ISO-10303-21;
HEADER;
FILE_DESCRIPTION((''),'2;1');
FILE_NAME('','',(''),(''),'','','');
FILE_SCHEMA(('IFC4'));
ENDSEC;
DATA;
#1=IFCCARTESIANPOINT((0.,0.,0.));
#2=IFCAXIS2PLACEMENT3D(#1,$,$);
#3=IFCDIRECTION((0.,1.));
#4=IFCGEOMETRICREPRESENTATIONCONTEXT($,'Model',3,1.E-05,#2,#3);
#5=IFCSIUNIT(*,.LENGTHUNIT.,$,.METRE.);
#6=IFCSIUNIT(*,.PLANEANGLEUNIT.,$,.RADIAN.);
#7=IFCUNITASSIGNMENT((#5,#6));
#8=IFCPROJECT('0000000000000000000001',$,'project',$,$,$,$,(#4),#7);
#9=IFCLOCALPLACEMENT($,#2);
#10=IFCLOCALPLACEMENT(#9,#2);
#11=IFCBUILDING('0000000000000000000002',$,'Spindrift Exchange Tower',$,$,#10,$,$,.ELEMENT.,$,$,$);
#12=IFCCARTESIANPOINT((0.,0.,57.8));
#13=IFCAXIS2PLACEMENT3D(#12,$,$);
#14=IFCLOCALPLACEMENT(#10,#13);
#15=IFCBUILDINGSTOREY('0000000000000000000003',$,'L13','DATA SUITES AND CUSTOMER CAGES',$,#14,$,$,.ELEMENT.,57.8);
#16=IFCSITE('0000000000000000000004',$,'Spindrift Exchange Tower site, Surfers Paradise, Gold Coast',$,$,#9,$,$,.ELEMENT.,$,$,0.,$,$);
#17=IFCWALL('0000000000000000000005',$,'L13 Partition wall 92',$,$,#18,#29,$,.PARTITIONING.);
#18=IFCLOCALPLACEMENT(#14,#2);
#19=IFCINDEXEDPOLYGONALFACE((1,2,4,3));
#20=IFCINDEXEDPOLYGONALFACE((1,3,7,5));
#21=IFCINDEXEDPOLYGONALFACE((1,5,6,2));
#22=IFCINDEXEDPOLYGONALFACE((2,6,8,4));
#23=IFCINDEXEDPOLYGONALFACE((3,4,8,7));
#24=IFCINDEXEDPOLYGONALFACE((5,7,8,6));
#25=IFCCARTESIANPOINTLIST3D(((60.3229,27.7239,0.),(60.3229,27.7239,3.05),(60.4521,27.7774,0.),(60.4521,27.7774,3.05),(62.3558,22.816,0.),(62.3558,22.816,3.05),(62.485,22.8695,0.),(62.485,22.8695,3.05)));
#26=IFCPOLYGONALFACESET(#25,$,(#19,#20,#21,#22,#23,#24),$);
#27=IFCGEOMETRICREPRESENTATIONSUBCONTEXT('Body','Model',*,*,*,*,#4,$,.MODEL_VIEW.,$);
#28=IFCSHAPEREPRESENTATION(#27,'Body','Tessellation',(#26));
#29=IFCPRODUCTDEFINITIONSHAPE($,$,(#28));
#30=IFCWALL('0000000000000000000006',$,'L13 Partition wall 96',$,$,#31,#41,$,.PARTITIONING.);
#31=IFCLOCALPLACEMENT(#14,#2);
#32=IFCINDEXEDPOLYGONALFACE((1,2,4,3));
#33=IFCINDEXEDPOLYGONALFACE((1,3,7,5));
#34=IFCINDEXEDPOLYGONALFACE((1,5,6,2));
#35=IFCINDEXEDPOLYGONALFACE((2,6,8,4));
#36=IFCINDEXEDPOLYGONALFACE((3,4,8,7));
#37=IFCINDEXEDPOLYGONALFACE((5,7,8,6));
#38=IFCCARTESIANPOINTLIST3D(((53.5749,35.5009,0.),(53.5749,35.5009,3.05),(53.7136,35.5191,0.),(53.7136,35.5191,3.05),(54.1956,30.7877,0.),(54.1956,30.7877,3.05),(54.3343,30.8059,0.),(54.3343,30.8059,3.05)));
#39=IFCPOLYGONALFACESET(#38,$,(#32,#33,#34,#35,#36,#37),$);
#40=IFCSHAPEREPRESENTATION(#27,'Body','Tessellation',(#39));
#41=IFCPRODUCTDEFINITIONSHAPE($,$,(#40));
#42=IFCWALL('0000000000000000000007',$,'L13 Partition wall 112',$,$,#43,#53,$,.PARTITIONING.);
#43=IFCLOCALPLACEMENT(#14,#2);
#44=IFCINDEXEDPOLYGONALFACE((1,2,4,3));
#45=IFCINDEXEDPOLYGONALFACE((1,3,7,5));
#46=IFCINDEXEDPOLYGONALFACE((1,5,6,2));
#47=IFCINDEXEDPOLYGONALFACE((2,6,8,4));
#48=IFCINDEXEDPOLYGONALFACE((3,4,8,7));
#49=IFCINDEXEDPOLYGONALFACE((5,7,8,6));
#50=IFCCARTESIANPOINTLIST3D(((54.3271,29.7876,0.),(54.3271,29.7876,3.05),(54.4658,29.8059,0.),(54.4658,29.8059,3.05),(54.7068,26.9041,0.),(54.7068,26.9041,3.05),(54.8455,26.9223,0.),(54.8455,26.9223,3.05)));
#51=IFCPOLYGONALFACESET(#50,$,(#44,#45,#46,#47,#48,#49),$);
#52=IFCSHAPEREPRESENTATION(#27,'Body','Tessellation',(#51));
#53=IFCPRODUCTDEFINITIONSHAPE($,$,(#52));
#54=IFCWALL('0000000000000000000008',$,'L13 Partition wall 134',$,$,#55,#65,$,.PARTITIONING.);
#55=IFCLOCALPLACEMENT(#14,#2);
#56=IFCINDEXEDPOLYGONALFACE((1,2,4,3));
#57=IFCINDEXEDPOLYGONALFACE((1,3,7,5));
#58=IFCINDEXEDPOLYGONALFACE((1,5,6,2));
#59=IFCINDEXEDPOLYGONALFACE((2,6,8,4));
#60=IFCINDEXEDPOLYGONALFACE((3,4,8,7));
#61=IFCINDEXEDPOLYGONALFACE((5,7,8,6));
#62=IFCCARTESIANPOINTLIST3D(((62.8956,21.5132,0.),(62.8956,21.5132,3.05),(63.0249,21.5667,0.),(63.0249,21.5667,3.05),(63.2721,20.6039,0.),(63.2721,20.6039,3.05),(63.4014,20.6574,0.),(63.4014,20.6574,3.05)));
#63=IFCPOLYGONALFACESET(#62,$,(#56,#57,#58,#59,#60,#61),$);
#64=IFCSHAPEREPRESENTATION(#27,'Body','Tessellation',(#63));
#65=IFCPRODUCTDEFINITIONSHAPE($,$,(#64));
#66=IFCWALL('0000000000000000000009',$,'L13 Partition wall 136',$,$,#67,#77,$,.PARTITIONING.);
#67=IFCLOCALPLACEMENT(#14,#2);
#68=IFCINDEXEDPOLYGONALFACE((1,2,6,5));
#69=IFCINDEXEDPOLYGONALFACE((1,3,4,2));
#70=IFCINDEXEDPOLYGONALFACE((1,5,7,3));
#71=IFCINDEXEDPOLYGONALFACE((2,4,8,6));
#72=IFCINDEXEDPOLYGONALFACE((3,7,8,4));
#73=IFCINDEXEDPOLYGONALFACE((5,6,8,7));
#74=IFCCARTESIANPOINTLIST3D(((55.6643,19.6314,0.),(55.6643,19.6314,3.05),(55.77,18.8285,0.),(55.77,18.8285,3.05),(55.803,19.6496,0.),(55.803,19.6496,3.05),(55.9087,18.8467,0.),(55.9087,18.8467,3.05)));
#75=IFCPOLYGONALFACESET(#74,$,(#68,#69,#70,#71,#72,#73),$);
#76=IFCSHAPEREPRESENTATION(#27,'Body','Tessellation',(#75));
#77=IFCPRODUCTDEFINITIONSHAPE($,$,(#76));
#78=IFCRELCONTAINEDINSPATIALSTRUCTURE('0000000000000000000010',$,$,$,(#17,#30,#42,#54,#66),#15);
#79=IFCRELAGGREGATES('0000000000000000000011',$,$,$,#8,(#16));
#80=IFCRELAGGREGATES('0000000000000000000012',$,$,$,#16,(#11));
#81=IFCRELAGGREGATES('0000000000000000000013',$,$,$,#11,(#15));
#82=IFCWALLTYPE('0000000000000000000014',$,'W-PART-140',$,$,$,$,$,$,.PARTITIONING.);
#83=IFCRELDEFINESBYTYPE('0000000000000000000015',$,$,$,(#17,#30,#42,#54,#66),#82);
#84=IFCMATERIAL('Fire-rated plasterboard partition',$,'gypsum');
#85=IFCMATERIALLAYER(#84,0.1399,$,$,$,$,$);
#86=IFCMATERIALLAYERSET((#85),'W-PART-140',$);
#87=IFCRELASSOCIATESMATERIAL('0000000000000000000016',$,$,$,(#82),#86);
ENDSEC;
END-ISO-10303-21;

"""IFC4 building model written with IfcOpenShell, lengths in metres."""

from ifc_helpers import new_model, si_unit, direction, frame, frame_2d, origin, place, context, subcontext, project, spatial, rectangle, extrude, material, layer, layer_set, type_object, element, save


model = new_model("IFC4")

# Units and contexts
model_context = context("Model", 3, precision=1e-05, world=origin(), true_north=direction((0.0, 1.0)))
body_context = subcontext(model_context, "Body", "Model", "MODEL_VIEW")
ifc_project = project(units=[si_unit("LENGTHUNIT", "METRE"), si_unit("PLANEANGLEUNIT", "RADIAN")], contexts=[model_context])

# Site, building, storey
site_placement = place(None, origin())
site = spatial("IfcSite", under=ifc_project, at=site_placement, Name="Spindrift Exchange Tower site, Surfers Paradise, Gold Coast", CompositionType="ELEMENT", RefElevation=0.0)
building_placement = place(site_placement, origin())
building = spatial("IfcBuilding", under=site, at=building_placement, Name="Spindrift Exchange Tower", CompositionType="ELEMENT")
storey_placement = place(building_placement, frame((0.0, 0.0, 57.8)))
storey = spatial("IfcBuildingStorey", under=building, at=storey_placement, Name="L13", Description="DATA SUITES AND CUSTOMER CAGES", CompositionType="ELEMENT", Elevation=57.8)

# Shared definitions
ifc_material_1 = material(Name="Fire-rated plasterboard partition", Category="gypsum")
ifc_layer_1 = layer(ifc_material_1, 0.1399)
ifc_layer_set_1 = layer_set([ifc_layer_1], Name="W-PART-140")
wall_type = type_object("IfcWallType", Name="W-PART-140", PredefinedType="PARTITIONING", material=ifc_layer_set_1)

# Walls
wall_1_placement = place(storey_placement, frame((60.3875, 27.7507, 0.0), z_axis=(0.0, 0.0, 1.0), x_axis=(0.382686, -0.923878, 0.0)))
element("IfcWall", 1, at=wall_1_placement, inside=storey, type_object=wall_type, Name="L13 Partition wall 92", PredefinedType="PARTITIONING", context=body_context, shape_type="SweptSolid", body=[
    extrude(rectangle(XDim=5.3123, YDim=0.1399, at=frame_2d((2.6562, 0.0))), origin(), (0.0, 0.0, 1.0), 3.05),
])
wall_2_placement = place(storey_placement, frame((53.6443, 35.51, 0.0), z_axis=(0.0, 0.0, 1.0), x_axis=(0.130549, -0.991442, 0.0)))
element("IfcWall", 2, at=wall_2_placement, inside=storey, type_object=wall_type, Name="L13 Partition wall 96", PredefinedType="PARTITIONING", context=body_context, shape_type="SweptSolid", body=[
    extrude(rectangle(XDim=4.7539, YDim=0.1399, at=frame_2d((2.377, 0.0))), origin(), (0.0, 0.0, 1.0), 3.05),
])
wall_3_placement = place(storey_placement, frame((54.3965, 29.7966, 0.0), z_axis=(0.0, 0.0, 1.0), x_axis=(0.130531, -0.991444, 0.0)))
element("IfcWall", 3, at=wall_3_placement, inside=storey, type_object=wall_type, Name="L13 Partition wall 112", PredefinedType="PARTITIONING", context=body_context, shape_type="SweptSolid", body=[
    extrude(rectangle(XDim=2.9084, YDim=0.1399, at=frame_2d((1.4541, 0.0))), origin(), (0.0, 0.0, 1.0), 3.05),
])
wall_4_placement = place(storey_placement, frame((62.9602, 21.54, 0.0), z_axis=(0.0, 0.0, 1.0), x_axis=(0.382571, -0.923926, 0.0)))
element("IfcWall", 4, at=wall_4_placement, inside=storey, type_object=wall_type, Name="L13 Partition wall 134", PredefinedType="PARTITIONING", context=body_context, shape_type="SweptSolid", body=[
    extrude(rectangle(XDim=0.9841, YDim=0.1399, at=frame_2d((0.4922, 0.0))), origin(), (0.0, 0.0, 1.0), 3.05),
])
wall_5_placement = place(storey_placement, frame((55.7336, 19.6404, 0.0), z_axis=(0.0, 0.0, 1.0), x_axis=(0.130525, -0.991445, 0.0)))
element("IfcWall", 5, at=wall_5_placement, inside=storey, type_object=wall_type, Name="L13 Partition wall 136", PredefinedType="PARTITIONING", context=body_context, shape_type="SweptSolid", body=[
    extrude(rectangle(XDim=0.8098, YDim=0.1399, at=frame_2d((0.4048, 0.0))), origin(), (0.0, 0.0, 1.0), 3.05),
])

save(model, "model.ifc")
